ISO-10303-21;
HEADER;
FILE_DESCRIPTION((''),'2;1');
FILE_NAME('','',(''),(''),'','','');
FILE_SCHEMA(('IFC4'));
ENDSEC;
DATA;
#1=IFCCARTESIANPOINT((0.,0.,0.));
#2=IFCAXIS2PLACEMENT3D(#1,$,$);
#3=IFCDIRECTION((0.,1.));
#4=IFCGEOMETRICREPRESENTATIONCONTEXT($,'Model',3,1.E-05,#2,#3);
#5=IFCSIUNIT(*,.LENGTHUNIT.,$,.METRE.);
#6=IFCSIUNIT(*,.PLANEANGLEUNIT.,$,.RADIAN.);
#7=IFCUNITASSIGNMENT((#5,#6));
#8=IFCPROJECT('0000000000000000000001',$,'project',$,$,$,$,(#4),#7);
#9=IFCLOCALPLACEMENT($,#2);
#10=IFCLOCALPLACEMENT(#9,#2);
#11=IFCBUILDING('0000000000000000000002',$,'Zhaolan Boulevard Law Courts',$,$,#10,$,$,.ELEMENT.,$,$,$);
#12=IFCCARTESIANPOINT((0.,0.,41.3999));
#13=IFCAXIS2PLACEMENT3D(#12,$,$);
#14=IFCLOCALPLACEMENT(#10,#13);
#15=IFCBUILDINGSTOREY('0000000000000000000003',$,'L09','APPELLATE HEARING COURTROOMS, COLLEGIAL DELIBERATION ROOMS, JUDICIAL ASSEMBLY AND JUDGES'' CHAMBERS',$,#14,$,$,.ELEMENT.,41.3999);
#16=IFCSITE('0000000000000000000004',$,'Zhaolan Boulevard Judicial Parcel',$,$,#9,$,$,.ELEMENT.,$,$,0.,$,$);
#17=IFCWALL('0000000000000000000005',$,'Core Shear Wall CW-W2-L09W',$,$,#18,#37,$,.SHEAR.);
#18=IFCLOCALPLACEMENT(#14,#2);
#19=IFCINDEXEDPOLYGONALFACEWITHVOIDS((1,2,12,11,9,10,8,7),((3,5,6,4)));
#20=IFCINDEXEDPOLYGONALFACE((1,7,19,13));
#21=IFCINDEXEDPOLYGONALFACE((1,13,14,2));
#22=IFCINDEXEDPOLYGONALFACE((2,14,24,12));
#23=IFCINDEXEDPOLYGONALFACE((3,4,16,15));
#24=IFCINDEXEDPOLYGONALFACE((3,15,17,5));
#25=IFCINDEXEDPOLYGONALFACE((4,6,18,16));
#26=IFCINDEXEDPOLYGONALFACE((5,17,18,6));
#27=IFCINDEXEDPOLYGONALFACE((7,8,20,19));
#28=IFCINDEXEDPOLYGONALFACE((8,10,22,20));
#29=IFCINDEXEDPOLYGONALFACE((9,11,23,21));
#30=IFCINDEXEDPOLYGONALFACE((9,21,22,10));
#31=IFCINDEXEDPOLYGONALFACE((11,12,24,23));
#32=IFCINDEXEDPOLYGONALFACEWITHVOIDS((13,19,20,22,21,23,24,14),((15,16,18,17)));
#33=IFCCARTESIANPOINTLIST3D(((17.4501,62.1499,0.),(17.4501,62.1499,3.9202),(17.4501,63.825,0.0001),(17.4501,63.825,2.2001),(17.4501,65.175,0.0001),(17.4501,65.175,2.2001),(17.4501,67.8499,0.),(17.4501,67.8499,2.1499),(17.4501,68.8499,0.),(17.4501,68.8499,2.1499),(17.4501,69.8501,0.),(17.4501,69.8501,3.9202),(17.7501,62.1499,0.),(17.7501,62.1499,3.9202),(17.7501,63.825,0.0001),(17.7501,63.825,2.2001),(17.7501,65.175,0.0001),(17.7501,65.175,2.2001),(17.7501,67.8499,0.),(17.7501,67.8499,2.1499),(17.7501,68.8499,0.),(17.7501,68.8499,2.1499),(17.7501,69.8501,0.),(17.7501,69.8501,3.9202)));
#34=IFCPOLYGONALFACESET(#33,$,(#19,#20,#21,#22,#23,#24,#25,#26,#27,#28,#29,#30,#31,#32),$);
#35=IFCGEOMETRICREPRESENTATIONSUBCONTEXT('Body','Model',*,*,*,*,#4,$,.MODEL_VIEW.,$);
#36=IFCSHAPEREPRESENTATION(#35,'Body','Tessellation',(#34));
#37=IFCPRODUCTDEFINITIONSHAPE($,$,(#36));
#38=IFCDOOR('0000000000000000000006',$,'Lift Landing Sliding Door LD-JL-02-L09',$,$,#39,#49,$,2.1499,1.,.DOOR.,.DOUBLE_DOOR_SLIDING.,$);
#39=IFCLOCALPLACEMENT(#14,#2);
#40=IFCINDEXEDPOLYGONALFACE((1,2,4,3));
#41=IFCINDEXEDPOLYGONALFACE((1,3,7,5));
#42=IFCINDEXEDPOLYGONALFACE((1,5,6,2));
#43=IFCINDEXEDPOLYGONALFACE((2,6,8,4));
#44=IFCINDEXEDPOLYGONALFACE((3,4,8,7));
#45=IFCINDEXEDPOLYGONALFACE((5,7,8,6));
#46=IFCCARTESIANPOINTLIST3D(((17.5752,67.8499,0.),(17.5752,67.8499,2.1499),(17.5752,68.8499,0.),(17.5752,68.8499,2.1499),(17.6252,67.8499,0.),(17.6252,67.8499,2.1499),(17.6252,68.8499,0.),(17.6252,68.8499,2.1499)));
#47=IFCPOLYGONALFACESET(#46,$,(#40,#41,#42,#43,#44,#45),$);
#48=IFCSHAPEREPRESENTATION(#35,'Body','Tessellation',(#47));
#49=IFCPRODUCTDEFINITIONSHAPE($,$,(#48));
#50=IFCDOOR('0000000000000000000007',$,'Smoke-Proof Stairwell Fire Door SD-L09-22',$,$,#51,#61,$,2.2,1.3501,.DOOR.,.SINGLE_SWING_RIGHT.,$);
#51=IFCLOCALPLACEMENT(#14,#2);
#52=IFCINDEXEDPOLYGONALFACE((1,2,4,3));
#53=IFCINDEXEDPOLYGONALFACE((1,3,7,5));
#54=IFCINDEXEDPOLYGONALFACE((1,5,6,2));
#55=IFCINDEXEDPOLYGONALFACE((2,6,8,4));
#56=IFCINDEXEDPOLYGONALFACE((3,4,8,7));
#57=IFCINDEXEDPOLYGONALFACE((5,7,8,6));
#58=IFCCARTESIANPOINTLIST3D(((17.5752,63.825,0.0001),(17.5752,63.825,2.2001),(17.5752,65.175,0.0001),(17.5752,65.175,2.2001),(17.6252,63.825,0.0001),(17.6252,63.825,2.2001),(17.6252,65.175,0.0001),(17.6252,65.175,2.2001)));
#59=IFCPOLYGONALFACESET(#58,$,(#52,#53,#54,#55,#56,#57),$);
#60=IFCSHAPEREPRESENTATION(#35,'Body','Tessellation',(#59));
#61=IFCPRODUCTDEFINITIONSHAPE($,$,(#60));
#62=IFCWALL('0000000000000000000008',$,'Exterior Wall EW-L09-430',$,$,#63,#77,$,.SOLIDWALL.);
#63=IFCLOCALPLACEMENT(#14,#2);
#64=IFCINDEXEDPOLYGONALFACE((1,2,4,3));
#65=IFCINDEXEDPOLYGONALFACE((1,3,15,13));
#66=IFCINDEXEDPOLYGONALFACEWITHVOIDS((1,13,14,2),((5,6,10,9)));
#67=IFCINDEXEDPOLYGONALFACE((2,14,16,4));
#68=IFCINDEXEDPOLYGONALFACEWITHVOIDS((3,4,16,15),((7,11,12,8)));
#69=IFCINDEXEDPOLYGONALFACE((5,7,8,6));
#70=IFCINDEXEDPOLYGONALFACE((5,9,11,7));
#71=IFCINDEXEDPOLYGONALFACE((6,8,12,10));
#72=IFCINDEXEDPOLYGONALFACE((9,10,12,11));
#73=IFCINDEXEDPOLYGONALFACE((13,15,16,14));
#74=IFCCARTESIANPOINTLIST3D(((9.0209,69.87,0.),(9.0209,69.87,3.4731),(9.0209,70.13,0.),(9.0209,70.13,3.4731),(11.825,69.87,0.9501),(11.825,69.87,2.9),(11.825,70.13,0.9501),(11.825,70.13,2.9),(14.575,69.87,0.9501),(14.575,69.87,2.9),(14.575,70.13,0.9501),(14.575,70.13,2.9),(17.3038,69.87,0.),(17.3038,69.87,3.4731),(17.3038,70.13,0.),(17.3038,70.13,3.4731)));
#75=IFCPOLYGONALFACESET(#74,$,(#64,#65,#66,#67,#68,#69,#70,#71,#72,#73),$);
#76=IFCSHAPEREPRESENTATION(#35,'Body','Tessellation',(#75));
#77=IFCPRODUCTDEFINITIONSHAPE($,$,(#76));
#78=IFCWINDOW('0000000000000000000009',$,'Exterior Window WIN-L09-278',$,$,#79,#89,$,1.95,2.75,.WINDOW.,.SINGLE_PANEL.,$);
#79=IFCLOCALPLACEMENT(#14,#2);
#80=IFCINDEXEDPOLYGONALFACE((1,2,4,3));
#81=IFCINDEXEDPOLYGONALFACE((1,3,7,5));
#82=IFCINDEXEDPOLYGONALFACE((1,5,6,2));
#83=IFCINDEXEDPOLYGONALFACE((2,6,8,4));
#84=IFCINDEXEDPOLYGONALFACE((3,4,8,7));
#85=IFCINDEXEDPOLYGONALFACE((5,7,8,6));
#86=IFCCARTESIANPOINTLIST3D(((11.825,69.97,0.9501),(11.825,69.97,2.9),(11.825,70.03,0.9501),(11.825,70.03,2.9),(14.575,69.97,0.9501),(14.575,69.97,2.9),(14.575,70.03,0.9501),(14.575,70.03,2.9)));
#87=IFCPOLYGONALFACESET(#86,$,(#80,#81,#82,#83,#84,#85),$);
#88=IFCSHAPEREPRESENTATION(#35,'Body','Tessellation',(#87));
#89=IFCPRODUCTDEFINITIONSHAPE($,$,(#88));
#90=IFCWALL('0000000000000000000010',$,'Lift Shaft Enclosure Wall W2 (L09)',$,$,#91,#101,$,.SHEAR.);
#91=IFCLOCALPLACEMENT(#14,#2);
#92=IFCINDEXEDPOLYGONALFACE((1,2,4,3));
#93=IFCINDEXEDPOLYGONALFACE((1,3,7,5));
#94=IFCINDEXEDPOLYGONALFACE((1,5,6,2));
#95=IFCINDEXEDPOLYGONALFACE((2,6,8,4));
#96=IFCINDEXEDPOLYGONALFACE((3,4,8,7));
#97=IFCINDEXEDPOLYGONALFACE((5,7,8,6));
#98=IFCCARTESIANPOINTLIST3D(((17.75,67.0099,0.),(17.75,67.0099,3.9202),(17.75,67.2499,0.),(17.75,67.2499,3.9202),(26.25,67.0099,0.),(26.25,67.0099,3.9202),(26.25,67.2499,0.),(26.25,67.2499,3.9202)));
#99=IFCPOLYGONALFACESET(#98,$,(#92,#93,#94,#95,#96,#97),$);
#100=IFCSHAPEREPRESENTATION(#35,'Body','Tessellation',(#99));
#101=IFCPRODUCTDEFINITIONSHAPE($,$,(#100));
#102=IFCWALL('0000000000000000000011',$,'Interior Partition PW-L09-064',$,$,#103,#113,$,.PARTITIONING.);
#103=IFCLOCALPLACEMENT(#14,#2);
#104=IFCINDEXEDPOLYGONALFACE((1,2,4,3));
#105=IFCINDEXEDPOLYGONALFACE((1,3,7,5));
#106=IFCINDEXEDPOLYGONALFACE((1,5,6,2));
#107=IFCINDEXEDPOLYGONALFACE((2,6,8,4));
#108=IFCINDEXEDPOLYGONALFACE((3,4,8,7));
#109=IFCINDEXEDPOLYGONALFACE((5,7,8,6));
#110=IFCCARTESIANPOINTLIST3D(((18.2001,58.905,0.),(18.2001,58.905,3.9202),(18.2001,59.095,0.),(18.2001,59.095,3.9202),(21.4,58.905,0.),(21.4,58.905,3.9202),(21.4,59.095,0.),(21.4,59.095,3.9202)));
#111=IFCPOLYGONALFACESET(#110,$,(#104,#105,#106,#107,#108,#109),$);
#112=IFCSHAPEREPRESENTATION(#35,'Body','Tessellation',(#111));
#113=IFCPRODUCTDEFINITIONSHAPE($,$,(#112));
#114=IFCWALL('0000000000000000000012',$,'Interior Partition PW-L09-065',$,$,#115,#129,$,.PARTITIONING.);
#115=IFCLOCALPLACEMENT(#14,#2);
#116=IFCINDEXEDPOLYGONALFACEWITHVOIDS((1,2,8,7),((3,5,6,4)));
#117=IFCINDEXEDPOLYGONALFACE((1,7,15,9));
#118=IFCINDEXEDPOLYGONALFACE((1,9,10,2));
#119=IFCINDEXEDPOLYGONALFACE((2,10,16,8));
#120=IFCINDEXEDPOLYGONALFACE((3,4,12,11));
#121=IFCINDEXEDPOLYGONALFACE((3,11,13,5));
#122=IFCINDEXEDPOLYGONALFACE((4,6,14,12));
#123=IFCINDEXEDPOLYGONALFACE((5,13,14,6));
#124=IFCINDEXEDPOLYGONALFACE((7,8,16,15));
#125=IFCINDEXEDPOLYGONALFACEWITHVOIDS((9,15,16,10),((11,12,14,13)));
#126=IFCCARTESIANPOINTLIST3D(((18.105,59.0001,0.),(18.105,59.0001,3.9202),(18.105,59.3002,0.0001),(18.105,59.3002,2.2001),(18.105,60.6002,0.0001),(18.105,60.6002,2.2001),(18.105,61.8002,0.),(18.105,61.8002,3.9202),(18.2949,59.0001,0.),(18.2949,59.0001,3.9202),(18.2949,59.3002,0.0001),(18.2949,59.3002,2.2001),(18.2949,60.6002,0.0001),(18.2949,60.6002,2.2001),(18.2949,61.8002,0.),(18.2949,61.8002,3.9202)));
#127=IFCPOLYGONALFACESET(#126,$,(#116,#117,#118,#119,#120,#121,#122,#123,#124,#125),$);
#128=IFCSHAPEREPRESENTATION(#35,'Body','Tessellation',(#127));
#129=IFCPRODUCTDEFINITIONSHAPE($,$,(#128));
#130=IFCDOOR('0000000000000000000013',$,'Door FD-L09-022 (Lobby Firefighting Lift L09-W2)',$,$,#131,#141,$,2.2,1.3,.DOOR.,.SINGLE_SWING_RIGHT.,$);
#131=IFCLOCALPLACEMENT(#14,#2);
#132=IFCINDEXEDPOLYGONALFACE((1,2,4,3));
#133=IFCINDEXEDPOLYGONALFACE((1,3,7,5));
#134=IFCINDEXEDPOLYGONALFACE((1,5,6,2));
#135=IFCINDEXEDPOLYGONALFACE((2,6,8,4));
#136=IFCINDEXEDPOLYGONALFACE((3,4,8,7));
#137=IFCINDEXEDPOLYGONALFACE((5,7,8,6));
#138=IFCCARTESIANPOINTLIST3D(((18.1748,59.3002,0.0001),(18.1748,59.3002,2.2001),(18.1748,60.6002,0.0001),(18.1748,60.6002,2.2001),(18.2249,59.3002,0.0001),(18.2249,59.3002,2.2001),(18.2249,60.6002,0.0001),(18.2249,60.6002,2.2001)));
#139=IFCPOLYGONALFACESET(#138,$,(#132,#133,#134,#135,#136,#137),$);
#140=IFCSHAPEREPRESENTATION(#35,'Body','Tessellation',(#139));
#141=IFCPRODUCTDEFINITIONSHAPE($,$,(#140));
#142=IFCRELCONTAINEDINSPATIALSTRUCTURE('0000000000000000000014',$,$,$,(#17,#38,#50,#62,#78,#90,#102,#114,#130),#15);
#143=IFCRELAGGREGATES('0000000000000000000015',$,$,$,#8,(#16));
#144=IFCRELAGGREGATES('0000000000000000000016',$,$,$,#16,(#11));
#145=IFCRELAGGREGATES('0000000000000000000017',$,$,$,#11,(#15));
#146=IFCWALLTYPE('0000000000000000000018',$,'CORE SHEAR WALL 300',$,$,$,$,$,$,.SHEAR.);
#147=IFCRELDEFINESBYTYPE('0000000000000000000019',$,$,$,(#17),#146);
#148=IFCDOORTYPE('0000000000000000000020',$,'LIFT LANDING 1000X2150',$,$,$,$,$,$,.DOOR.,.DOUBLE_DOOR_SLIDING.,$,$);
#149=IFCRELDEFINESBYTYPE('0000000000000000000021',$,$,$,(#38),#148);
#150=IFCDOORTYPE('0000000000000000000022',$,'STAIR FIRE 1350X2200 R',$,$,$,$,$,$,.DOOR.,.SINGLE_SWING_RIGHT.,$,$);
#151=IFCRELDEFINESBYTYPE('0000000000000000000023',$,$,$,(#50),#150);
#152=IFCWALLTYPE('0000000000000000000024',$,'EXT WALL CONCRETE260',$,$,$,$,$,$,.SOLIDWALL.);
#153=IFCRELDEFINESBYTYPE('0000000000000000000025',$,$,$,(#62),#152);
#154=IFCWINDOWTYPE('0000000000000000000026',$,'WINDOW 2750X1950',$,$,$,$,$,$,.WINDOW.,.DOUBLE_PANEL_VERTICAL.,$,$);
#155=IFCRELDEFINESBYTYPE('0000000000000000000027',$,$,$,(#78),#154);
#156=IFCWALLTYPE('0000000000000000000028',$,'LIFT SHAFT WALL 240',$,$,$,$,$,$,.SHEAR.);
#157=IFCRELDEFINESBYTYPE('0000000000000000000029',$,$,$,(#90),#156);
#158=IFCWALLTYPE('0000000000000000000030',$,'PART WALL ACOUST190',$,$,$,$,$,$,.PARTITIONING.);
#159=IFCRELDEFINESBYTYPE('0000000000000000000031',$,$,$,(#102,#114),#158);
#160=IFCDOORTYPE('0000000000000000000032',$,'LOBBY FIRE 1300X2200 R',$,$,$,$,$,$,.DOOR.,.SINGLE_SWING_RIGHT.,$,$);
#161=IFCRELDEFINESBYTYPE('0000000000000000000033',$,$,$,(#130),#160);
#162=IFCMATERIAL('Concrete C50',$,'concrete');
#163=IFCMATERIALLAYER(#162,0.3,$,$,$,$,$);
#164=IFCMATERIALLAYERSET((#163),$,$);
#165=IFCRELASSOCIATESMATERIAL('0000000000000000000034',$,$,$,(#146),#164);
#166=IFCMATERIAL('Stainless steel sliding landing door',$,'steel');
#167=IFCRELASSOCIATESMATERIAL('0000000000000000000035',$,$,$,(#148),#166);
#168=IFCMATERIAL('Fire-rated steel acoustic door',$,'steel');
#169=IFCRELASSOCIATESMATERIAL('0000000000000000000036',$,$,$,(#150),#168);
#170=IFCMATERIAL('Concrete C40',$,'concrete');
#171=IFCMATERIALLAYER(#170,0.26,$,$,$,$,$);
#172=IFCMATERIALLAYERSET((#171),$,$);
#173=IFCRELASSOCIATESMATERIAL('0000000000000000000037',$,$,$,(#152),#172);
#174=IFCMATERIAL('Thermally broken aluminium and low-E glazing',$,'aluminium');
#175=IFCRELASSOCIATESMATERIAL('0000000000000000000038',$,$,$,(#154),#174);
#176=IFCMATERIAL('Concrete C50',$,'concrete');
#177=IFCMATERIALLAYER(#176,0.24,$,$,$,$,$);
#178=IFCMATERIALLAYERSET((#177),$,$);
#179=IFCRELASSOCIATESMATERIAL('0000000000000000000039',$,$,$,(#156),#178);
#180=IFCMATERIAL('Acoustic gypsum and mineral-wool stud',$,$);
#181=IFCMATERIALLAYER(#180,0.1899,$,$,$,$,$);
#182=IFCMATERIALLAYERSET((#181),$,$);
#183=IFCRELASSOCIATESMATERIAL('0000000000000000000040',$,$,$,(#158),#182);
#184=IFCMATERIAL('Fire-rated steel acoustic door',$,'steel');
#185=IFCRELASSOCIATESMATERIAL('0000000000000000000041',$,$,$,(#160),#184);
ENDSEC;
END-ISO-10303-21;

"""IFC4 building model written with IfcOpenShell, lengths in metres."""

from ifc_helpers import new_model, si_unit, direction, frame, frame_2d, origin, place, context, subcontext, project, spatial, rectangle, extrude, material, layer, layer_set, type_object, element, fill, save


model = new_model("IFC4")

# Units and contexts
model_context = context("Model", 3, precision=1e-05, world=origin(), true_north=direction((0.0, 1.0)))
body_context = subcontext(model_context, "Body", "Model", "MODEL_VIEW")
ifc_project = project(units=[si_unit("LENGTHUNIT", "METRE"), si_unit("PLANEANGLEUNIT", "RADIAN")], contexts=[model_context])

# Site, building, storey
site_placement = place(None, origin())
site = spatial("IfcSite", under=ifc_project, at=site_placement, Name="Zhaolan Boulevard Judicial Parcel", CompositionType="ELEMENT", RefElevation=0.0)
building_placement = place(site_placement, origin())
building = spatial("IfcBuilding", under=site, at=building_placement, Name="Zhaolan Boulevard Law Courts", CompositionType="ELEMENT")
storey_placement = place(building_placement, frame((0.0, 0.0, 41.3999)))
storey = spatial("IfcBuildingStorey", under=building, at=storey_placement, Name="L09", Description="APPELLATE HEARING COURTROOMS, COLLEGIAL DELIBERATION ROOMS, JUDICIAL ASSEMBLY AND JUDGES' CHAMBERS", CompositionType="ELEMENT", Elevation=41.3999)

# Shared definitions
ifc_material_1 = material(Name="Concrete C50", Category="concrete")
ifc_layer_1 = layer(ifc_material_1, 0.3)
ifc_layer_set_1 = layer_set([ifc_layer_1])
wall_type_1 = type_object("IfcWallType", Name="CORE SHEAR WALL 300", PredefinedType="SHEAR", material=ifc_layer_set_1)

# Wall, openings, doors
wall_1_placement = place(storey_placement, frame((17.6001, 62.1499, 0.0), z_axis=(0.0, 0.0, 1.0), x_axis=(0.0, 1.0, 0.0)))
wall_1 = element("IfcWall", 1, at=wall_1_placement, inside=storey, type_object=wall_type_1, Name="Core Shear Wall CW-W2-L09W", PredefinedType="SHEAR", context=body_context, shape_type="SweptSolid", body=[
    extrude(rectangle(XDim=7.7002, YDim=0.3, at=frame_2d((3.8501, 0.0))), origin(), (0.0, 0.0, 1.0), 3.9202),
])
opening_1_placement = place(wall_1_placement, frame((1.675, 0.0, 0.0)))
opening_1 = element("IfcOpeningElement", 2, at=opening_1_placement, cuts=wall_1, PredefinedType="OPENING", context=body_context, shape_type="SweptSolid", body=[
    extrude(rectangle(XDim=1.3501, YDim=2.2, at=frame_2d((0.675, 1.1001))), frame((0.0, 0.1599, 0.0), z_axis=(0.0, -1.0, 0.0), x_axis=(1.0, 0.0, 0.0)), (0.0, 0.0, 1.0), 0.3201),
])
opening_2_placement = place(wall_1_placement, frame((5.7, 0.0, 0.0)))
opening_2 = element("IfcOpeningElement", 3, at=opening_2_placement, cuts=wall_1, PredefinedType="OPENING", context=body_context, shape_type="SweptSolid", body=[
    extrude(rectangle(XDim=1.0, YDim=2.1499, at=frame_2d((0.5, 1.075))), frame((0.0, 0.1599, 0.0), z_axis=(0.0, -1.0, 0.0), x_axis=(1.0, 0.0, 0.0)), (0.0, 0.0, 1.0), 0.3201),
])
ifc_material_2 = material(Name="Stainless steel sliding landing door", Category="steel")
door_type_1 = type_object("IfcDoorType", Name="LIFT LANDING 1000X2150", OperationType="DOUBLE_DOOR_SLIDING", PredefinedType="DOOR", material=ifc_material_2)
door_1_placement = place(opening_2_placement, origin())
door_1 = element("IfcDoor", 4, at=door_1_placement, inside=storey, type_object=door_type_1, Name="Lift Landing Sliding Door LD-JL-02-L09", OperationType="DOUBLE_DOOR_SLIDING", OverallHeight=2.1499, OverallWidth=1.0, PredefinedType="DOOR", context=body_context, shape_type="SweptSolid", body=[
    extrude(rectangle(XDim=1.0, YDim=2.1499, at=frame_2d((0.5, 1.075))), frame((0.0, 0.0249, 0.0), z_axis=(0.0, -1.0, 0.0), x_axis=(1.0, 0.0, 0.0)), (0.0, 0.0, 1.0), 0.05),
])
fill(opening_2, door_1)
ifc_material_3 = material(Name="Fire-rated steel acoustic door", Category="steel")
door_type_2 = type_object("IfcDoorType", Name="STAIR FIRE 1350X2200 R", OperationType="SINGLE_SWING_RIGHT", PredefinedType="DOOR", material=ifc_material_3)
door_2_placement = place(opening_1_placement, origin())
door_2 = element("IfcDoor", 5, at=door_2_placement, inside=storey, type_object=door_type_2, Name="Smoke-Proof Stairwell Fire Door SD-L09-22", OperationType="SINGLE_SWING_RIGHT", OverallHeight=2.2, OverallWidth=1.3501, PredefinedType="DOOR", context=body_context, shape_type="SweptSolid", body=[
    extrude(rectangle(XDim=1.3501, YDim=2.2, at=frame_2d((0.675, 1.1001))), frame((0.0, 0.0249, 0.0), z_axis=(0.0, -1.0, 0.0), x_axis=(1.0, 0.0, 0.0)), (0.0, 0.0, 1.0), 0.05),
])
fill(opening_1, door_2)

# Wall, opening, window
ifc_material_4 = material(Name="Concrete C40", Category="concrete")
ifc_layer_2 = layer(ifc_material_4, 0.26)
ifc_layer_set_2 = layer_set([ifc_layer_2])
wall_type_2 = type_object("IfcWallType", Name="EXT WALL CONCRETE260", PredefinedType="SOLIDWALL", material=ifc_layer_set_2)
wall_2_placement = place(storey_placement, frame((17.304, 70.0, 0.0), z_axis=(0.0, 0.0, 1.0), x_axis=(-1.0, 0.0, 0.0)))
wall_2 = element("IfcWall", 6, at=wall_2_placement, inside=storey, type_object=wall_type_2, Name="Exterior Wall EW-L09-430", PredefinedType="SOLIDWALL", context=body_context, shape_type="SweptSolid", body=[
    extrude(rectangle(XDim=8.283, YDim=0.26, at=frame_2d((4.1416, 0.0))), origin(), (0.0, 0.0, 1.0), 3.4731),
])
opening_3_placement = place(wall_2_placement, frame((2.729, 0.0, 0.95)))
opening_3 = element("IfcOpeningElement", 7, at=opening_3_placement, cuts=wall_2, PredefinedType="OPENING", context=body_context, shape_type="SweptSolid", body=[
    extrude(rectangle(XDim=2.75, YDim=1.95, at=frame_2d((1.375, 0.9751))), frame((0.0, 0.1399, 0.0), z_axis=(0.0, -1.0, 0.0), x_axis=(1.0, 0.0, 0.0)), (0.0, 0.0, 1.0), 0.28),
])
ifc_material_5 = material(Name="Thermally broken aluminium and low-E glazing", Category="aluminium")
window_type = type_object("IfcWindowType", Name="WINDOW 2750X1950", PartitioningType="DOUBLE_PANEL_VERTICAL", PredefinedType="WINDOW", material=ifc_material_5)
window_placement = place(opening_3_placement, origin())
window = element("IfcWindow", 8, at=window_placement, inside=storey, type_object=window_type, Name="Exterior Window WIN-L09-278", OverallHeight=1.95, OverallWidth=2.75, PartitioningType="SINGLE_PANEL", PredefinedType="WINDOW", context=body_context, shape_type="SweptSolid", body=[
    extrude(rectangle(XDim=2.75, YDim=1.95, at=frame_2d((1.375, 0.9751))), frame((0.0, 0.03, 0.0), z_axis=(0.0, -1.0, 0.0), x_axis=(1.0, 0.0, 0.0)), (0.0, 0.0, 1.0), 0.0601),
])
fill(opening_3, window)

# Walls
ifc_material_6 = material(Name="Concrete C50", Category="concrete")
ifc_layer_3 = layer(ifc_material_6, 0.24)
ifc_layer_set_3 = layer_set([ifc_layer_3])
wall_type_3 = type_object("IfcWallType", Name="LIFT SHAFT WALL 240", PredefinedType="SHEAR", material=ifc_layer_set_3)
wall_3_placement = place(storey_placement, frame((17.75, 67.1299, 0.0), z_axis=(0.0, 0.0, 1.0), x_axis=(1.0, 0.0, 0.0)))
element("IfcWall", 9, at=wall_3_placement, inside=storey, type_object=wall_type_3, Name="Lift Shaft Enclosure Wall W2 (L09)", PredefinedType="SHEAR", context=body_context, shape_type="SweptSolid", body=[
    extrude(rectangle(XDim=8.5, YDim=0.24, at=frame_2d((4.25, 0.0))), origin(), (0.0, 0.0, 1.0), 3.9202),
])
ifc_material_7 = material(Name="Acoustic gypsum and mineral-wool stud")
ifc_layer_4 = layer(ifc_material_7, 0.1899)
ifc_layer_set_4 = layer_set([ifc_layer_4])
wall_type_4 = type_object("IfcWallType", Name="PART WALL ACOUST190", PredefinedType="PARTITIONING", material=ifc_layer_set_4)
wall_4_placement = place(storey_placement, frame((18.2, 59.0, 0.0), z_axis=(0.0, 0.0, 1.0), x_axis=(1.0, 0.0, 0.0)))
element("IfcWall", 10, at=wall_4_placement, inside=storey, type_object=wall_type_4, Name="Interior Partition PW-L09-064", PredefinedType="PARTITIONING", context=body_context, shape_type="SweptSolid", body=[
    extrude(rectangle(XDim=3.2, YDim=0.1899, at=frame_2d((1.6001, 0.0))), origin(), (0.0, 0.0, 1.0), 3.9202),
])

# Wall, opening, door
wall_5_placement = place(storey_placement, frame((18.2, 61.8, 0.0), z_axis=(0.0, 0.0, 1.0), x_axis=(0.0, -1.0, 0.0)))
wall_5 = element("IfcWall", 11, at=wall_5_placement, inside=storey, type_object=wall_type_4, Name="Interior Partition PW-L09-065", PredefinedType="PARTITIONING", context=body_context, shape_type="SweptSolid", body=[
    extrude(rectangle(XDim=2.8, YDim=0.1899, at=frame_2d((1.3999, 0.0))), origin(), (0.0, 0.0, 1.0), 3.9202),
])
opening_4_placement = place(wall_5_placement, frame((1.2, 0.0, 0.0)))
opening_4 = element("IfcOpeningElement", 12, at=opening_4_placement, cuts=wall_5, PredefinedType="OPENING", context=body_context, shape_type="SweptSolid", body=[
    extrude(rectangle(XDim=1.3, YDim=2.2, at=frame_2d((0.6499, 1.1001))), frame((0.0, 0.105, 0.0), z_axis=(0.0, -1.0, 0.0), x_axis=(1.0, 0.0, 0.0)), (0.0, 0.0, 1.0), 0.21),
])
ifc_material_8 = material(Name="Fire-rated steel acoustic door", Category="steel")
door_type_3 = type_object("IfcDoorType", Name="LOBBY FIRE 1300X2200 R", OperationType="SINGLE_SWING_RIGHT", PredefinedType="DOOR", material=ifc_material_8)
door_3_placement = place(opening_4_placement, origin())
door_3 = element("IfcDoor", 13, at=door_3_placement, inside=storey, type_object=door_type_3, Name="Door FD-L09-022 (Lobby Firefighting Lift L09-W2)", OperationType="SINGLE_SWING_RIGHT", OverallHeight=2.2, OverallWidth=1.3, PredefinedType="DOOR", context=body_context, shape_type="SweptSolid", body=[
    extrude(rectangle(XDim=1.3, YDim=2.2, at=frame_2d((0.6499, 1.1001))), frame((0.0, 0.0249, 0.0), z_axis=(0.0, -1.0, 0.0), x_axis=(1.0, 0.0, 0.0)), (0.0, 0.0, 1.0), 0.05),
])
fill(opening_4, door_3)

save(model, "model.ifc")
